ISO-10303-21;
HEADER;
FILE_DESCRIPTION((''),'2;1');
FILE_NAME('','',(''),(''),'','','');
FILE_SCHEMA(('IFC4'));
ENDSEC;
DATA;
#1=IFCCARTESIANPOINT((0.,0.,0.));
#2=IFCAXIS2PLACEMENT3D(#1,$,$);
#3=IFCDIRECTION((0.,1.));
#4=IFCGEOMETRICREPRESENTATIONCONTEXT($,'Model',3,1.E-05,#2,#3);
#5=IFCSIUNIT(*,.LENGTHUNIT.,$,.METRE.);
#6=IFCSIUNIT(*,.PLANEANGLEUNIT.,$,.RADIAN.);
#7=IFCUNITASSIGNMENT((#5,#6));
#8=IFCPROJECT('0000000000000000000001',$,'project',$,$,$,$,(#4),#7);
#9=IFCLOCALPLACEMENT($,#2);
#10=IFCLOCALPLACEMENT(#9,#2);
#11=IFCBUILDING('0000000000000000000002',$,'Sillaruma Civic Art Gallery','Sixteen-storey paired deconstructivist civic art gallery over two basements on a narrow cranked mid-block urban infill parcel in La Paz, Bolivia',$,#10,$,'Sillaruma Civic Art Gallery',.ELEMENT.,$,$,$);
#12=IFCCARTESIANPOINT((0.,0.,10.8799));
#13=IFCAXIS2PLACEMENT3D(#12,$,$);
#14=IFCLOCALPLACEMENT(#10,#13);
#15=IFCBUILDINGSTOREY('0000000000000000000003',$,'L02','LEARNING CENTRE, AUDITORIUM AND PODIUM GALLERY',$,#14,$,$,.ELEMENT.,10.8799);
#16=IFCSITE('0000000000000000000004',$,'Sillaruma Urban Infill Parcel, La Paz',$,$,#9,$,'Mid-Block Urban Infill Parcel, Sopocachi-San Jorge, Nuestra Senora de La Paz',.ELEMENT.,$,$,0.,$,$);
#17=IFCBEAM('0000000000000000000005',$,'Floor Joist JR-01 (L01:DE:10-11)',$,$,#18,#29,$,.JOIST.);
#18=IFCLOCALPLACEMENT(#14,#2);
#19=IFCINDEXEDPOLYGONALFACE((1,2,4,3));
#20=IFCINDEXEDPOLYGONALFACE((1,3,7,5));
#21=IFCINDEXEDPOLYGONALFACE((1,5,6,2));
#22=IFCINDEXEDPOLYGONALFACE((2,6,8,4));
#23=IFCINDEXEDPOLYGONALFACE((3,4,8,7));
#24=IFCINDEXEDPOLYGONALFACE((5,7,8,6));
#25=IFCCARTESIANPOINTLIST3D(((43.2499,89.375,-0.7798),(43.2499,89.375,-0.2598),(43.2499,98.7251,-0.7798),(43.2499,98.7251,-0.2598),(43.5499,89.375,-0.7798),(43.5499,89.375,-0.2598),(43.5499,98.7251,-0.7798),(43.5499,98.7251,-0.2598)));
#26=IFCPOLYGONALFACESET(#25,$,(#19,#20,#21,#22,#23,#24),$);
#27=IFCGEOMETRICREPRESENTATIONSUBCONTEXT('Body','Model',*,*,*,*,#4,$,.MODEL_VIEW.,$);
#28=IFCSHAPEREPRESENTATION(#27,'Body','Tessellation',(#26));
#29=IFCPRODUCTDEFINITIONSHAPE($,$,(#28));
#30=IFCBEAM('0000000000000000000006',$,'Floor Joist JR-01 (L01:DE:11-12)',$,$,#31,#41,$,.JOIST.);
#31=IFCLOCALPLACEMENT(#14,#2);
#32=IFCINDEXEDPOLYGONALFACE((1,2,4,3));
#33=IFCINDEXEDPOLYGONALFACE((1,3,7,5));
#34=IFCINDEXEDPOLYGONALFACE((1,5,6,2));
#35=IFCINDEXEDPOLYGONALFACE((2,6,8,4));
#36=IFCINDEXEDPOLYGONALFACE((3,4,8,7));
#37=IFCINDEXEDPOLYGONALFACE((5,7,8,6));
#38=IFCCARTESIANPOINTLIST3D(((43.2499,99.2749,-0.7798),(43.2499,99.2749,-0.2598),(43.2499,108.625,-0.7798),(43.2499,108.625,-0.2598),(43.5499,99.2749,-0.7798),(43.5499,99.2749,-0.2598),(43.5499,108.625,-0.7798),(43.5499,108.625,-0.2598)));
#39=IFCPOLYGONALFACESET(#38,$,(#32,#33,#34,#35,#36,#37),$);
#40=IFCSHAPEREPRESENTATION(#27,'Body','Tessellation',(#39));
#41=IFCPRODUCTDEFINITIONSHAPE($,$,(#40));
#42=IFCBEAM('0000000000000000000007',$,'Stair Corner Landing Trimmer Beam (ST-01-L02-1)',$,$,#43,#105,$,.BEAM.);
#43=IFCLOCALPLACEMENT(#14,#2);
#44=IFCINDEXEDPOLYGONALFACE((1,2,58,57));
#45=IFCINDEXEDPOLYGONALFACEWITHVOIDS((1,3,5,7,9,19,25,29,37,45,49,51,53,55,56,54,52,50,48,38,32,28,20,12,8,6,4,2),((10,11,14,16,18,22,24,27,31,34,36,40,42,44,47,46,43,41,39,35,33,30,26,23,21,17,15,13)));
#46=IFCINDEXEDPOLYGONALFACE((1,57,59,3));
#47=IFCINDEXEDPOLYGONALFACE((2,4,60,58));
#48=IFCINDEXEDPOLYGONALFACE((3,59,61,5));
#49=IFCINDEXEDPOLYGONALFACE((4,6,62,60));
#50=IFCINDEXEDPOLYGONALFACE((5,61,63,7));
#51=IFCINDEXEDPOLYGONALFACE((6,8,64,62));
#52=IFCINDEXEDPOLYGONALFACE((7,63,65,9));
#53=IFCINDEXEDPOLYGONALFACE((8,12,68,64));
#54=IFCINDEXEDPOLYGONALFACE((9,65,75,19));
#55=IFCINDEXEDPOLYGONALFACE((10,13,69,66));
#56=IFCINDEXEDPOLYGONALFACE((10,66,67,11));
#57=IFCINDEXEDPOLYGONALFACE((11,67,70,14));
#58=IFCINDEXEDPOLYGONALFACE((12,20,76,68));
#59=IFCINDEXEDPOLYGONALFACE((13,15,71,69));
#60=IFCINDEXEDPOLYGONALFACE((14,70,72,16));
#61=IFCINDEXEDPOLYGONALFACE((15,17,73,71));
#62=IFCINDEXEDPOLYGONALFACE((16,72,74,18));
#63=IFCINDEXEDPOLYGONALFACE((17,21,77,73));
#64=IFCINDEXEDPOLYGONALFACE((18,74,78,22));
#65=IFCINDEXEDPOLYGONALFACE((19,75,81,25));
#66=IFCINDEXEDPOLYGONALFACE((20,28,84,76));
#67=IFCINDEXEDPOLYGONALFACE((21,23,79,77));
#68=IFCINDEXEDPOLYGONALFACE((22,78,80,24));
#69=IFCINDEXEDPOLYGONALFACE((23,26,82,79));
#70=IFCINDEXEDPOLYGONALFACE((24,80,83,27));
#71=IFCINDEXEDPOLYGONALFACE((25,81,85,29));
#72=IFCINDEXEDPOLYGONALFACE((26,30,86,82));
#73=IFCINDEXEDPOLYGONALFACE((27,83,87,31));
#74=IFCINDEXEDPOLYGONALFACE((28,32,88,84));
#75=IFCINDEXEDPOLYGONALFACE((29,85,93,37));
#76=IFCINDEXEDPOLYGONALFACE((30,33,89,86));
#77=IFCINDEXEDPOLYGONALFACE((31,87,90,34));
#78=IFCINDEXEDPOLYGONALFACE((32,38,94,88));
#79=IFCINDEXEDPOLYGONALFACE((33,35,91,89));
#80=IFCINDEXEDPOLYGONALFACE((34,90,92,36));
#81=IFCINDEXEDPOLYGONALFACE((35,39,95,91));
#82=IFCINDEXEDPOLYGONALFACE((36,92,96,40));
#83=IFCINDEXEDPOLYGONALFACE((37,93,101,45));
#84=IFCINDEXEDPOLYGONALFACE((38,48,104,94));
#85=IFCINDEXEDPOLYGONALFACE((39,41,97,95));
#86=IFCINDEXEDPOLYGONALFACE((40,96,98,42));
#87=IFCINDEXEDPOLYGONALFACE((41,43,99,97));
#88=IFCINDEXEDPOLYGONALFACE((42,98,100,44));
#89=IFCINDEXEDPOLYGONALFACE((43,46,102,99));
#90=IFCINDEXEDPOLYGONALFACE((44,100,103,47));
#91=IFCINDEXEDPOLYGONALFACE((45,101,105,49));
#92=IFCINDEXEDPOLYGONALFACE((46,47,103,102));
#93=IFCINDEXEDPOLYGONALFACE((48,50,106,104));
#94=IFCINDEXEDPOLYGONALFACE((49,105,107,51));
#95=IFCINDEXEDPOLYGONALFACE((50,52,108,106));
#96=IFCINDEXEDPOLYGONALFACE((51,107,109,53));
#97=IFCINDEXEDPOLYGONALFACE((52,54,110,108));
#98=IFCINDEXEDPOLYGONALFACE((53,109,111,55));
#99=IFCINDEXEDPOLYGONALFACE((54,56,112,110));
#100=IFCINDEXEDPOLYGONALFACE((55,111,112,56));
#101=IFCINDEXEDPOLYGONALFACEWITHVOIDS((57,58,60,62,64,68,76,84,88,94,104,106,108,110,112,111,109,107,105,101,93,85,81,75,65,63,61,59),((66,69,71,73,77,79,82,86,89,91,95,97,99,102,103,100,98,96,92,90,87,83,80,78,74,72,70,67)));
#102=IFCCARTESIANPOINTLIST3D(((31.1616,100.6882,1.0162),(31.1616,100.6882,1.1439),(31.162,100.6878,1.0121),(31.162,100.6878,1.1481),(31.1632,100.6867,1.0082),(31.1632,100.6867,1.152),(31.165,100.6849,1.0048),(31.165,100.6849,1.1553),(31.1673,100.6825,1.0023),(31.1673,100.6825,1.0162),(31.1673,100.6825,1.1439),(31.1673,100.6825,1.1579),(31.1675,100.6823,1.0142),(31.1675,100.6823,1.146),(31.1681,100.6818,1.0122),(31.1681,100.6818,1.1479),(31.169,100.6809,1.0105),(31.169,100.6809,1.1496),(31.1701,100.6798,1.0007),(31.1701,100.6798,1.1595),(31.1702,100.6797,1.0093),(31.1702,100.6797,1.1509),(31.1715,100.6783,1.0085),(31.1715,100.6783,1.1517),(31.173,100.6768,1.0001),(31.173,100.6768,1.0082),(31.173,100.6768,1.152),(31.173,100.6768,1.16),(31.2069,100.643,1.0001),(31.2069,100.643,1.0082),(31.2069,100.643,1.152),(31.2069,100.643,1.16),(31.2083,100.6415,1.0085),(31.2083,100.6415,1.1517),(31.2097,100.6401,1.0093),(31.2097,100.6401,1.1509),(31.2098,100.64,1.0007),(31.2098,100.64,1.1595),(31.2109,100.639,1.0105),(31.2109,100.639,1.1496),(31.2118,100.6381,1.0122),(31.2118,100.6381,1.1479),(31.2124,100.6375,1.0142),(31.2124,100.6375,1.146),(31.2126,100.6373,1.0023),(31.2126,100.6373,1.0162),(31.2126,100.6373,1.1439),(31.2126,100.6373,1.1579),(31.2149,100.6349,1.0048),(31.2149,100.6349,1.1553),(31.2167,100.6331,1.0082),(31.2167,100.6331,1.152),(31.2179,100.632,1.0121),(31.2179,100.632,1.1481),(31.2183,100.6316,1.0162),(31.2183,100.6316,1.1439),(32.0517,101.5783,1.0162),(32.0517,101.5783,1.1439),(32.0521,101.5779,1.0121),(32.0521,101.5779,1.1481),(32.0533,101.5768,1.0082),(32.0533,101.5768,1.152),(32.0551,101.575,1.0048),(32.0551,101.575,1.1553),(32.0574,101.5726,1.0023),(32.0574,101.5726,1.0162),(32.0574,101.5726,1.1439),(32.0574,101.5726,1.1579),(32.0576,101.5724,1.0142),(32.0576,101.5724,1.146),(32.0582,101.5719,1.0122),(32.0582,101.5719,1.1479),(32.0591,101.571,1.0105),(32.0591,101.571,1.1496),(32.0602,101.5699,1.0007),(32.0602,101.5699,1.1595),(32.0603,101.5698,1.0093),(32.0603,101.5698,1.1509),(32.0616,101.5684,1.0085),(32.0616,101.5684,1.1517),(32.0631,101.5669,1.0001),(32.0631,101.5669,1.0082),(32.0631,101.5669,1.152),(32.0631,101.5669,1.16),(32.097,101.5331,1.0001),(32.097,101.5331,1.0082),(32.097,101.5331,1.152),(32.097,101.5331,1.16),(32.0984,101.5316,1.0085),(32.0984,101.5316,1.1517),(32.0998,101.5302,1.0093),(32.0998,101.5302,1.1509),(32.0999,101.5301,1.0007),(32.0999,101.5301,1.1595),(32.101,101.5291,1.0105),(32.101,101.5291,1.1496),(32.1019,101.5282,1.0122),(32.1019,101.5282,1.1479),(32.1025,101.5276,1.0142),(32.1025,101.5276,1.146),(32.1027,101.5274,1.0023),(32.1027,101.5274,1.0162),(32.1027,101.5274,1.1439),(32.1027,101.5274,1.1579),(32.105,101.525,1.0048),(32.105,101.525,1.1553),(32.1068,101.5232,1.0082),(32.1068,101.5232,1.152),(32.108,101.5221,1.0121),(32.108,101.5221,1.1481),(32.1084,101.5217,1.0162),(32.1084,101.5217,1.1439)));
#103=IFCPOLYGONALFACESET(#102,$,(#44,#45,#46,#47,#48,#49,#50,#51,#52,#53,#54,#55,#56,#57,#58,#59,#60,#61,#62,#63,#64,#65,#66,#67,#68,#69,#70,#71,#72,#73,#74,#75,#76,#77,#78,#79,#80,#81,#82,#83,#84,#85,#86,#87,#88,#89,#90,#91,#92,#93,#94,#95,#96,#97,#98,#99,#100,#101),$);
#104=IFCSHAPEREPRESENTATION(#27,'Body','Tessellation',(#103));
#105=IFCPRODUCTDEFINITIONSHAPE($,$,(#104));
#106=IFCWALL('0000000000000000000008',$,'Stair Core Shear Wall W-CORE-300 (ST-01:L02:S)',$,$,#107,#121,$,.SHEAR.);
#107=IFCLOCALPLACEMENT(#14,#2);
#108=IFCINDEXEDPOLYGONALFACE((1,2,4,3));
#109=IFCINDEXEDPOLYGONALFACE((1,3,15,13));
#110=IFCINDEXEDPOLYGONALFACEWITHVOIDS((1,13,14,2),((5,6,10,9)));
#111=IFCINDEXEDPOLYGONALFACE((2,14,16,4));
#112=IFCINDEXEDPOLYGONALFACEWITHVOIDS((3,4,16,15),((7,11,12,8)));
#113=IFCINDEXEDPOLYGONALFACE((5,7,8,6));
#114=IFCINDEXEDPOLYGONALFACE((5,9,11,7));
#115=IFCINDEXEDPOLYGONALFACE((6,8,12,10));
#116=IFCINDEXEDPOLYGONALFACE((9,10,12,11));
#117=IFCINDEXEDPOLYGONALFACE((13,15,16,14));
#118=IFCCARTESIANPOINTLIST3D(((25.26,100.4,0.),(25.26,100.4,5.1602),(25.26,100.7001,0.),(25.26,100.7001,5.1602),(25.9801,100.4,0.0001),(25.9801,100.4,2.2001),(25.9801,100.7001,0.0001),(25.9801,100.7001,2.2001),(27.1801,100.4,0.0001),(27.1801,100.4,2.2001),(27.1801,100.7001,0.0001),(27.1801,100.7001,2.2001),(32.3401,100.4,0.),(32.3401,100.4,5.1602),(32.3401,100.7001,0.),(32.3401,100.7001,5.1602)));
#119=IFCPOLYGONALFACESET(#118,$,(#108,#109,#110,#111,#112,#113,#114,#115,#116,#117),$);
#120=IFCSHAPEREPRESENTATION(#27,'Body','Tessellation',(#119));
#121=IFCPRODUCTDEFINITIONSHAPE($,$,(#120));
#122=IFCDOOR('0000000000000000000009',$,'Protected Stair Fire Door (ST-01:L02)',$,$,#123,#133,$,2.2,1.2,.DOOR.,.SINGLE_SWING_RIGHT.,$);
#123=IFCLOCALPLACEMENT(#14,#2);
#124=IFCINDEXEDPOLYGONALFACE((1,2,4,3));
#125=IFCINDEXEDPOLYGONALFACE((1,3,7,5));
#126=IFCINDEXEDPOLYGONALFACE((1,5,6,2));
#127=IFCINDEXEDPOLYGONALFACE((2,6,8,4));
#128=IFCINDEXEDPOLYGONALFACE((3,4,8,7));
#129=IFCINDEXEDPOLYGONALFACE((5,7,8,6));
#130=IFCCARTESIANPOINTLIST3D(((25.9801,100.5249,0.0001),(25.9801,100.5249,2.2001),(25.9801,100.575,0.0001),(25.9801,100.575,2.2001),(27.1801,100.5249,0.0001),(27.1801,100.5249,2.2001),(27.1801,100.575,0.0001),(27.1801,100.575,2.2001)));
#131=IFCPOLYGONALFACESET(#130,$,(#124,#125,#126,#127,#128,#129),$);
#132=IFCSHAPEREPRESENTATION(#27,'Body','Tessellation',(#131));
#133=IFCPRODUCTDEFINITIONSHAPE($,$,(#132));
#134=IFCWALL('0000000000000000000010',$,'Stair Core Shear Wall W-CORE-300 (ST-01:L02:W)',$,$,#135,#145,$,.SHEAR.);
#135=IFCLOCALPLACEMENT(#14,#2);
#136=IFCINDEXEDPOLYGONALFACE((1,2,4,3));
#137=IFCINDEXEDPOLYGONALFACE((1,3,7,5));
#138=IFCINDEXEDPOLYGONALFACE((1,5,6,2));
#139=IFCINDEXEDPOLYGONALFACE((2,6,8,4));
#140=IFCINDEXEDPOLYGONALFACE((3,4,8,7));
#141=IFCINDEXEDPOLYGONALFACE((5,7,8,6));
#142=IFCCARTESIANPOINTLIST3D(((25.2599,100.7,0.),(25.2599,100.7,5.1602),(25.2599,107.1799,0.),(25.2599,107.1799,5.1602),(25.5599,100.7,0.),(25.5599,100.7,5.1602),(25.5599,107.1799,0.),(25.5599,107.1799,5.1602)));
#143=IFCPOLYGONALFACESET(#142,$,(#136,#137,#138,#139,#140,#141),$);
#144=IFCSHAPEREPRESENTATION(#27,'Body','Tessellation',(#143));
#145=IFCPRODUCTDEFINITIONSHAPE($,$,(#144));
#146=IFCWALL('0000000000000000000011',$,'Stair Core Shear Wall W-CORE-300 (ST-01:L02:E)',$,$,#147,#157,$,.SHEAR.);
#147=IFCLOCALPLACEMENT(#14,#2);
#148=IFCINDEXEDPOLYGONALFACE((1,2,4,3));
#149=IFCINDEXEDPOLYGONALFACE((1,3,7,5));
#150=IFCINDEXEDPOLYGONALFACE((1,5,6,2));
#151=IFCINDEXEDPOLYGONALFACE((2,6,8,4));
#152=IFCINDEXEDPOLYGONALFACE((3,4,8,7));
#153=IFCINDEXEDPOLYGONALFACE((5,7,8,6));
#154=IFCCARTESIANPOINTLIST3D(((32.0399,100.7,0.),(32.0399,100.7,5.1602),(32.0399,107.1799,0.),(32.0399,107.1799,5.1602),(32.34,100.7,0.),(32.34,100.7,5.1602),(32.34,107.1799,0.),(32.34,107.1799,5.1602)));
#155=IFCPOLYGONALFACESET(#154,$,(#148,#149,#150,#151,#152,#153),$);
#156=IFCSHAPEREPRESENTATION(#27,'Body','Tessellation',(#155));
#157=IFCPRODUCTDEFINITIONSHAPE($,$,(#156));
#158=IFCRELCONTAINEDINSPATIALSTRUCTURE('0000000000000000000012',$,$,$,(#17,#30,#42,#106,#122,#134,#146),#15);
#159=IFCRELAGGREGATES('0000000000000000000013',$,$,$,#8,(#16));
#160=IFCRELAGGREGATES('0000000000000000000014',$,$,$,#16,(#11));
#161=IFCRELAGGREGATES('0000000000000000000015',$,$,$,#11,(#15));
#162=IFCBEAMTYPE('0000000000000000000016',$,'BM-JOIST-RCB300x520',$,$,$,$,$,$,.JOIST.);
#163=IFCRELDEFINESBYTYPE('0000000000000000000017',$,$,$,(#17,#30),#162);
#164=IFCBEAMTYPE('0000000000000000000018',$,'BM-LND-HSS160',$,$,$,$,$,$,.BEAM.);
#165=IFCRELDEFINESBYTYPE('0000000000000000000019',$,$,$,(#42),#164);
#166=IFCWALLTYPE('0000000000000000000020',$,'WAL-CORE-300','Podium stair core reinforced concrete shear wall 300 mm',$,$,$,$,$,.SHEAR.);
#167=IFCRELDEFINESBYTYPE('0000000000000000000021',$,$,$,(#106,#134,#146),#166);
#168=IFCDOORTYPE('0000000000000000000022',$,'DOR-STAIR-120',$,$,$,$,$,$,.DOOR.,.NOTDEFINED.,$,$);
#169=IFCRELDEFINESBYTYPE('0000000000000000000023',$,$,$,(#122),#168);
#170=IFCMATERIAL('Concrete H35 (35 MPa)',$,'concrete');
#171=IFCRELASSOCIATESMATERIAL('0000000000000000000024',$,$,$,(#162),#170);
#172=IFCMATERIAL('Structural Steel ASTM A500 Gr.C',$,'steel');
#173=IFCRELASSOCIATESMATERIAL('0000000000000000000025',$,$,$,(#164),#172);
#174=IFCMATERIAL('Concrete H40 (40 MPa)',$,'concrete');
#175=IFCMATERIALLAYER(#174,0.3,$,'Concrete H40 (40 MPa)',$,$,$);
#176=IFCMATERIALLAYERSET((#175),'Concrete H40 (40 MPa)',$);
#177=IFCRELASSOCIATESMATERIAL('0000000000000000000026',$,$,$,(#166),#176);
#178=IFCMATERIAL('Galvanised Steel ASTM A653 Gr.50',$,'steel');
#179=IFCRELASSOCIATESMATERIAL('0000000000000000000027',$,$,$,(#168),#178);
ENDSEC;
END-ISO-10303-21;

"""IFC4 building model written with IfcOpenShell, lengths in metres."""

from ifc_helpers import new_model, si_unit, direction, frame, frame_2d, origin, origin_2d, place, context, subcontext, project, spatial, rectangle, hollow_rectangle, extrude, material, layer, layer_set, material_profile, profile_set, type_object, element, fill, save


model = new_model("IFC4")

# Units and contexts
model_context = context("Model", 3, precision=1e-05, world=origin(), true_north=direction((0.0, 1.0)))
body_context = subcontext(model_context, "Body", "Model", "MODEL_VIEW")
ifc_project = project(units=[si_unit("LENGTHUNIT", "METRE"), si_unit("PLANEANGLEUNIT", "RADIAN")], contexts=[model_context])

# Site, building, storey
site_placement = place(None, origin())
site = spatial("IfcSite", under=ifc_project, at=site_placement, Name="Sillaruma Urban Infill Parcel, La Paz", LongName="Mid-Block Urban Infill Parcel, Sopocachi-San Jorge, Nuestra Senora de La Paz", CompositionType="ELEMENT", RefElevation=0.0)
building_placement = place(site_placement, origin())
building = spatial("IfcBuilding", under=site, at=building_placement, Name="Sillaruma Civic Art Gallery", Description="Sixteen-storey paired deconstructivist civic art gallery over two basements on a narrow cranked mid-block urban infill parcel in La Paz, Bolivia", LongName="Sillaruma Civic Art Gallery", CompositionType="ELEMENT")
storey_placement = place(building_placement, frame((0.0, 0.0, 10.8799)))
storey = spatial("IfcBuildingStorey", under=building, at=storey_placement, Name="L02", Description="LEARNING CENTRE, AUDITORIUM AND PODIUM GALLERY", CompositionType="ELEMENT", Elevation=10.8799)

# Shared definitions
ifc_material_1 = material(Name="Concrete H40 (40 MPa)", Category="concrete")

# Beams
ifc_material_2 = material(Name="Concrete H35 (35 MPa)", Category="concrete")
ifc_material_profile_1 = material_profile(ifc_material_2, rectangle(XDim=0.3, YDim=0.52, at=origin_2d()), Name="RCB300x520")
ifc_profile_set_1 = profile_set([ifc_material_profile_1], Name="Concrete H35 (35 MPa)")
beam_type_1 = type_object("IfcBeamType", Name="BM-JOIST-RCB300x520", PredefinedType="JOIST", material=ifc_profile_set_1)
for number, where, z_axis, x_axis, name in (
    (1, (43.3999, 89.375, -0.5198), (0.0, 1.0, 0.0), (-1.0, 0.0, 0.0), "Floor Joist JR-01 (L01:DE:10-11)"),
    (2, (43.3999, 99.2749, -0.5198), (0.0, 1.0, 0.0), (-1.0, 0.0, 0.0), "Floor Joist JR-01 (L01:DE:11-12)"),
):
    element("IfcBeam", number, at=place(storey_placement, frame(where, z_axis=z_axis, x_axis=x_axis)), inside=storey, type_object=beam_type_1, Name=name, PredefinedType="JOIST", context=body_context, shape_type="SweptSolid", body=[
        extrude(rectangle(XDim=0.3, YDim=0.52, at=origin_2d()), origin(), (0.0, 0.0, 1.0), 9.3501),
    ])
ifc_material_3 = material(Name="Structural Steel ASTM A500 Gr.C", Category="steel")
ifc_material_profile_2 = material_profile(ifc_material_3, hollow_rectangle(XDim=0.0801, YDim=0.1599, WallThickness=0.0081, InnerFilletRadius=0.0081, OuterFilletRadius=0.0161, at=origin_2d()), Name="HSS160x80x8")
ifc_profile_set_2 = profile_set([ifc_material_profile_2], Name="Structural Steel ASTM A500 Gr.C")
beam_type_2 = type_object("IfcBeamType", Name="BM-LND-HSS160", PredefinedType="BEAM", material=ifc_profile_set_2)
beam_1_placement = place(storey_placement, frame((31.1899, 100.6599, 1.0801), z_axis=(0.707107, 0.707107, 0.0), x_axis=(-0.707107, 0.707107, 0.0)))
element("IfcBeam", 3, at=beam_1_placement, inside=storey, type_object=beam_type_2, Name="Stair Corner Landing Trimmer Beam (ST-01-L02-1)", PredefinedType="BEAM", context=body_context, shape_type="SweptSolid", body=[
    extrude(hollow_rectangle(XDim=0.0801, YDim=0.1599, WallThickness=0.0081, InnerFilletRadius=0.0081, OuterFilletRadius=0.0161, at=origin_2d()), origin(), (0.0, 0.0, 1.0), 1.2588),
])

# Wall, opening, door
ifc_layer_1 = layer(ifc_material_1, 0.3, Name="Concrete H40 (40 MPa)")
ifc_layer_set_1 = layer_set([ifc_layer_1], Name="Concrete H40 (40 MPa)")
wall_type_1 = type_object("IfcWallType", Name="WAL-CORE-300", Description="Podium stair core reinforced concrete shear wall 300 mm", PredefinedType="SHEAR", material=ifc_layer_set_1)
wall_1_placement = place(storey_placement, frame((25.26, 100.55, 0.0), z_axis=(0.0, 0.0, 1.0), x_axis=(1.0, 0.0, 0.0)))
wall_1 = element("IfcWall", 4, at=wall_1_placement, inside=storey, type_object=wall_type_1, Name="Stair Core Shear Wall W-CORE-300 (ST-01:L02:S)", PredefinedType="SHEAR", context=body_context, shape_type="SweptSolid", body=[
    extrude(rectangle(XDim=7.0801, YDim=0.3, at=frame_2d((3.54, 0.0))), origin(), (0.0, 0.0, 1.0), 5.1602),
])
opening_1_placement = place(wall_1_placement, frame((0.72, 0.0, 0.0)))
opening_1 = element("IfcOpeningElement", 5, at=opening_1_placement, cuts=wall_1, PredefinedType="OPENING", context=body_context, shape_type="SweptSolid", body=[
    extrude(rectangle(XDim=1.2, YDim=2.2, at=frame_2d((0.6001, 1.1001))), frame((0.0, 0.1599, 0.0), z_axis=(0.0, -1.0, 0.0), x_axis=(1.0, 0.0, 0.0)), (0.0, 0.0, 1.0), 0.3201),
])
ifc_material_4 = material(Name="Galvanised Steel ASTM A653 Gr.50", Category="steel")
door_type_1 = type_object("IfcDoorType", Name="DOR-STAIR-120", OperationType="NOTDEFINED", PredefinedType="DOOR", material=ifc_material_4)
door_1_placement = place(opening_1_placement, origin())
door_1 = element("IfcDoor", 6, at=door_1_placement, inside=storey, type_object=door_type_1, Name="Protected Stair Fire Door (ST-01:L02)", OperationType="SINGLE_SWING_RIGHT", OverallHeight=2.2, OverallWidth=1.2, PredefinedType="DOOR", context=body_context, shape_type="SweptSolid", body=[
    extrude(rectangle(XDim=1.2, YDim=2.2, at=frame_2d((0.6001, 1.1001))), frame((0.0, 0.0249, 0.0), z_axis=(0.0, -1.0, 0.0), x_axis=(1.0, 0.0, 0.0)), (0.0, 0.0, 1.0), 0.05),
])
fill(opening_1, door_1)

# Walls
for number, where, z_axis, x_axis, name in (
    (7, (25.4099, 100.7, 0.0), (0.0, 0.0, 1.0), (0.0, 1.0, 0.0), "Stair Core Shear Wall W-CORE-300 (ST-01:L02:W)"),
    (8, (32.1899, 100.7, 0.0), (0.0, 0.0, 1.0), (0.0, 1.0, 0.0), "Stair Core Shear Wall W-CORE-300 (ST-01:L02:E)"),
):
    element("IfcWall", number, at=place(storey_placement, frame(where, z_axis=z_axis, x_axis=x_axis)), inside=storey, type_object=wall_type_1, Name=name, PredefinedType="SHEAR", context=body_context, shape_type="SweptSolid", body=[
        extrude(rectangle(XDim=6.48, YDim=0.3, at=frame_2d((3.24, 0.0))), origin(), (0.0, 0.0, 1.0), 5.1602),
    ])

save(model, "model.ifc")
